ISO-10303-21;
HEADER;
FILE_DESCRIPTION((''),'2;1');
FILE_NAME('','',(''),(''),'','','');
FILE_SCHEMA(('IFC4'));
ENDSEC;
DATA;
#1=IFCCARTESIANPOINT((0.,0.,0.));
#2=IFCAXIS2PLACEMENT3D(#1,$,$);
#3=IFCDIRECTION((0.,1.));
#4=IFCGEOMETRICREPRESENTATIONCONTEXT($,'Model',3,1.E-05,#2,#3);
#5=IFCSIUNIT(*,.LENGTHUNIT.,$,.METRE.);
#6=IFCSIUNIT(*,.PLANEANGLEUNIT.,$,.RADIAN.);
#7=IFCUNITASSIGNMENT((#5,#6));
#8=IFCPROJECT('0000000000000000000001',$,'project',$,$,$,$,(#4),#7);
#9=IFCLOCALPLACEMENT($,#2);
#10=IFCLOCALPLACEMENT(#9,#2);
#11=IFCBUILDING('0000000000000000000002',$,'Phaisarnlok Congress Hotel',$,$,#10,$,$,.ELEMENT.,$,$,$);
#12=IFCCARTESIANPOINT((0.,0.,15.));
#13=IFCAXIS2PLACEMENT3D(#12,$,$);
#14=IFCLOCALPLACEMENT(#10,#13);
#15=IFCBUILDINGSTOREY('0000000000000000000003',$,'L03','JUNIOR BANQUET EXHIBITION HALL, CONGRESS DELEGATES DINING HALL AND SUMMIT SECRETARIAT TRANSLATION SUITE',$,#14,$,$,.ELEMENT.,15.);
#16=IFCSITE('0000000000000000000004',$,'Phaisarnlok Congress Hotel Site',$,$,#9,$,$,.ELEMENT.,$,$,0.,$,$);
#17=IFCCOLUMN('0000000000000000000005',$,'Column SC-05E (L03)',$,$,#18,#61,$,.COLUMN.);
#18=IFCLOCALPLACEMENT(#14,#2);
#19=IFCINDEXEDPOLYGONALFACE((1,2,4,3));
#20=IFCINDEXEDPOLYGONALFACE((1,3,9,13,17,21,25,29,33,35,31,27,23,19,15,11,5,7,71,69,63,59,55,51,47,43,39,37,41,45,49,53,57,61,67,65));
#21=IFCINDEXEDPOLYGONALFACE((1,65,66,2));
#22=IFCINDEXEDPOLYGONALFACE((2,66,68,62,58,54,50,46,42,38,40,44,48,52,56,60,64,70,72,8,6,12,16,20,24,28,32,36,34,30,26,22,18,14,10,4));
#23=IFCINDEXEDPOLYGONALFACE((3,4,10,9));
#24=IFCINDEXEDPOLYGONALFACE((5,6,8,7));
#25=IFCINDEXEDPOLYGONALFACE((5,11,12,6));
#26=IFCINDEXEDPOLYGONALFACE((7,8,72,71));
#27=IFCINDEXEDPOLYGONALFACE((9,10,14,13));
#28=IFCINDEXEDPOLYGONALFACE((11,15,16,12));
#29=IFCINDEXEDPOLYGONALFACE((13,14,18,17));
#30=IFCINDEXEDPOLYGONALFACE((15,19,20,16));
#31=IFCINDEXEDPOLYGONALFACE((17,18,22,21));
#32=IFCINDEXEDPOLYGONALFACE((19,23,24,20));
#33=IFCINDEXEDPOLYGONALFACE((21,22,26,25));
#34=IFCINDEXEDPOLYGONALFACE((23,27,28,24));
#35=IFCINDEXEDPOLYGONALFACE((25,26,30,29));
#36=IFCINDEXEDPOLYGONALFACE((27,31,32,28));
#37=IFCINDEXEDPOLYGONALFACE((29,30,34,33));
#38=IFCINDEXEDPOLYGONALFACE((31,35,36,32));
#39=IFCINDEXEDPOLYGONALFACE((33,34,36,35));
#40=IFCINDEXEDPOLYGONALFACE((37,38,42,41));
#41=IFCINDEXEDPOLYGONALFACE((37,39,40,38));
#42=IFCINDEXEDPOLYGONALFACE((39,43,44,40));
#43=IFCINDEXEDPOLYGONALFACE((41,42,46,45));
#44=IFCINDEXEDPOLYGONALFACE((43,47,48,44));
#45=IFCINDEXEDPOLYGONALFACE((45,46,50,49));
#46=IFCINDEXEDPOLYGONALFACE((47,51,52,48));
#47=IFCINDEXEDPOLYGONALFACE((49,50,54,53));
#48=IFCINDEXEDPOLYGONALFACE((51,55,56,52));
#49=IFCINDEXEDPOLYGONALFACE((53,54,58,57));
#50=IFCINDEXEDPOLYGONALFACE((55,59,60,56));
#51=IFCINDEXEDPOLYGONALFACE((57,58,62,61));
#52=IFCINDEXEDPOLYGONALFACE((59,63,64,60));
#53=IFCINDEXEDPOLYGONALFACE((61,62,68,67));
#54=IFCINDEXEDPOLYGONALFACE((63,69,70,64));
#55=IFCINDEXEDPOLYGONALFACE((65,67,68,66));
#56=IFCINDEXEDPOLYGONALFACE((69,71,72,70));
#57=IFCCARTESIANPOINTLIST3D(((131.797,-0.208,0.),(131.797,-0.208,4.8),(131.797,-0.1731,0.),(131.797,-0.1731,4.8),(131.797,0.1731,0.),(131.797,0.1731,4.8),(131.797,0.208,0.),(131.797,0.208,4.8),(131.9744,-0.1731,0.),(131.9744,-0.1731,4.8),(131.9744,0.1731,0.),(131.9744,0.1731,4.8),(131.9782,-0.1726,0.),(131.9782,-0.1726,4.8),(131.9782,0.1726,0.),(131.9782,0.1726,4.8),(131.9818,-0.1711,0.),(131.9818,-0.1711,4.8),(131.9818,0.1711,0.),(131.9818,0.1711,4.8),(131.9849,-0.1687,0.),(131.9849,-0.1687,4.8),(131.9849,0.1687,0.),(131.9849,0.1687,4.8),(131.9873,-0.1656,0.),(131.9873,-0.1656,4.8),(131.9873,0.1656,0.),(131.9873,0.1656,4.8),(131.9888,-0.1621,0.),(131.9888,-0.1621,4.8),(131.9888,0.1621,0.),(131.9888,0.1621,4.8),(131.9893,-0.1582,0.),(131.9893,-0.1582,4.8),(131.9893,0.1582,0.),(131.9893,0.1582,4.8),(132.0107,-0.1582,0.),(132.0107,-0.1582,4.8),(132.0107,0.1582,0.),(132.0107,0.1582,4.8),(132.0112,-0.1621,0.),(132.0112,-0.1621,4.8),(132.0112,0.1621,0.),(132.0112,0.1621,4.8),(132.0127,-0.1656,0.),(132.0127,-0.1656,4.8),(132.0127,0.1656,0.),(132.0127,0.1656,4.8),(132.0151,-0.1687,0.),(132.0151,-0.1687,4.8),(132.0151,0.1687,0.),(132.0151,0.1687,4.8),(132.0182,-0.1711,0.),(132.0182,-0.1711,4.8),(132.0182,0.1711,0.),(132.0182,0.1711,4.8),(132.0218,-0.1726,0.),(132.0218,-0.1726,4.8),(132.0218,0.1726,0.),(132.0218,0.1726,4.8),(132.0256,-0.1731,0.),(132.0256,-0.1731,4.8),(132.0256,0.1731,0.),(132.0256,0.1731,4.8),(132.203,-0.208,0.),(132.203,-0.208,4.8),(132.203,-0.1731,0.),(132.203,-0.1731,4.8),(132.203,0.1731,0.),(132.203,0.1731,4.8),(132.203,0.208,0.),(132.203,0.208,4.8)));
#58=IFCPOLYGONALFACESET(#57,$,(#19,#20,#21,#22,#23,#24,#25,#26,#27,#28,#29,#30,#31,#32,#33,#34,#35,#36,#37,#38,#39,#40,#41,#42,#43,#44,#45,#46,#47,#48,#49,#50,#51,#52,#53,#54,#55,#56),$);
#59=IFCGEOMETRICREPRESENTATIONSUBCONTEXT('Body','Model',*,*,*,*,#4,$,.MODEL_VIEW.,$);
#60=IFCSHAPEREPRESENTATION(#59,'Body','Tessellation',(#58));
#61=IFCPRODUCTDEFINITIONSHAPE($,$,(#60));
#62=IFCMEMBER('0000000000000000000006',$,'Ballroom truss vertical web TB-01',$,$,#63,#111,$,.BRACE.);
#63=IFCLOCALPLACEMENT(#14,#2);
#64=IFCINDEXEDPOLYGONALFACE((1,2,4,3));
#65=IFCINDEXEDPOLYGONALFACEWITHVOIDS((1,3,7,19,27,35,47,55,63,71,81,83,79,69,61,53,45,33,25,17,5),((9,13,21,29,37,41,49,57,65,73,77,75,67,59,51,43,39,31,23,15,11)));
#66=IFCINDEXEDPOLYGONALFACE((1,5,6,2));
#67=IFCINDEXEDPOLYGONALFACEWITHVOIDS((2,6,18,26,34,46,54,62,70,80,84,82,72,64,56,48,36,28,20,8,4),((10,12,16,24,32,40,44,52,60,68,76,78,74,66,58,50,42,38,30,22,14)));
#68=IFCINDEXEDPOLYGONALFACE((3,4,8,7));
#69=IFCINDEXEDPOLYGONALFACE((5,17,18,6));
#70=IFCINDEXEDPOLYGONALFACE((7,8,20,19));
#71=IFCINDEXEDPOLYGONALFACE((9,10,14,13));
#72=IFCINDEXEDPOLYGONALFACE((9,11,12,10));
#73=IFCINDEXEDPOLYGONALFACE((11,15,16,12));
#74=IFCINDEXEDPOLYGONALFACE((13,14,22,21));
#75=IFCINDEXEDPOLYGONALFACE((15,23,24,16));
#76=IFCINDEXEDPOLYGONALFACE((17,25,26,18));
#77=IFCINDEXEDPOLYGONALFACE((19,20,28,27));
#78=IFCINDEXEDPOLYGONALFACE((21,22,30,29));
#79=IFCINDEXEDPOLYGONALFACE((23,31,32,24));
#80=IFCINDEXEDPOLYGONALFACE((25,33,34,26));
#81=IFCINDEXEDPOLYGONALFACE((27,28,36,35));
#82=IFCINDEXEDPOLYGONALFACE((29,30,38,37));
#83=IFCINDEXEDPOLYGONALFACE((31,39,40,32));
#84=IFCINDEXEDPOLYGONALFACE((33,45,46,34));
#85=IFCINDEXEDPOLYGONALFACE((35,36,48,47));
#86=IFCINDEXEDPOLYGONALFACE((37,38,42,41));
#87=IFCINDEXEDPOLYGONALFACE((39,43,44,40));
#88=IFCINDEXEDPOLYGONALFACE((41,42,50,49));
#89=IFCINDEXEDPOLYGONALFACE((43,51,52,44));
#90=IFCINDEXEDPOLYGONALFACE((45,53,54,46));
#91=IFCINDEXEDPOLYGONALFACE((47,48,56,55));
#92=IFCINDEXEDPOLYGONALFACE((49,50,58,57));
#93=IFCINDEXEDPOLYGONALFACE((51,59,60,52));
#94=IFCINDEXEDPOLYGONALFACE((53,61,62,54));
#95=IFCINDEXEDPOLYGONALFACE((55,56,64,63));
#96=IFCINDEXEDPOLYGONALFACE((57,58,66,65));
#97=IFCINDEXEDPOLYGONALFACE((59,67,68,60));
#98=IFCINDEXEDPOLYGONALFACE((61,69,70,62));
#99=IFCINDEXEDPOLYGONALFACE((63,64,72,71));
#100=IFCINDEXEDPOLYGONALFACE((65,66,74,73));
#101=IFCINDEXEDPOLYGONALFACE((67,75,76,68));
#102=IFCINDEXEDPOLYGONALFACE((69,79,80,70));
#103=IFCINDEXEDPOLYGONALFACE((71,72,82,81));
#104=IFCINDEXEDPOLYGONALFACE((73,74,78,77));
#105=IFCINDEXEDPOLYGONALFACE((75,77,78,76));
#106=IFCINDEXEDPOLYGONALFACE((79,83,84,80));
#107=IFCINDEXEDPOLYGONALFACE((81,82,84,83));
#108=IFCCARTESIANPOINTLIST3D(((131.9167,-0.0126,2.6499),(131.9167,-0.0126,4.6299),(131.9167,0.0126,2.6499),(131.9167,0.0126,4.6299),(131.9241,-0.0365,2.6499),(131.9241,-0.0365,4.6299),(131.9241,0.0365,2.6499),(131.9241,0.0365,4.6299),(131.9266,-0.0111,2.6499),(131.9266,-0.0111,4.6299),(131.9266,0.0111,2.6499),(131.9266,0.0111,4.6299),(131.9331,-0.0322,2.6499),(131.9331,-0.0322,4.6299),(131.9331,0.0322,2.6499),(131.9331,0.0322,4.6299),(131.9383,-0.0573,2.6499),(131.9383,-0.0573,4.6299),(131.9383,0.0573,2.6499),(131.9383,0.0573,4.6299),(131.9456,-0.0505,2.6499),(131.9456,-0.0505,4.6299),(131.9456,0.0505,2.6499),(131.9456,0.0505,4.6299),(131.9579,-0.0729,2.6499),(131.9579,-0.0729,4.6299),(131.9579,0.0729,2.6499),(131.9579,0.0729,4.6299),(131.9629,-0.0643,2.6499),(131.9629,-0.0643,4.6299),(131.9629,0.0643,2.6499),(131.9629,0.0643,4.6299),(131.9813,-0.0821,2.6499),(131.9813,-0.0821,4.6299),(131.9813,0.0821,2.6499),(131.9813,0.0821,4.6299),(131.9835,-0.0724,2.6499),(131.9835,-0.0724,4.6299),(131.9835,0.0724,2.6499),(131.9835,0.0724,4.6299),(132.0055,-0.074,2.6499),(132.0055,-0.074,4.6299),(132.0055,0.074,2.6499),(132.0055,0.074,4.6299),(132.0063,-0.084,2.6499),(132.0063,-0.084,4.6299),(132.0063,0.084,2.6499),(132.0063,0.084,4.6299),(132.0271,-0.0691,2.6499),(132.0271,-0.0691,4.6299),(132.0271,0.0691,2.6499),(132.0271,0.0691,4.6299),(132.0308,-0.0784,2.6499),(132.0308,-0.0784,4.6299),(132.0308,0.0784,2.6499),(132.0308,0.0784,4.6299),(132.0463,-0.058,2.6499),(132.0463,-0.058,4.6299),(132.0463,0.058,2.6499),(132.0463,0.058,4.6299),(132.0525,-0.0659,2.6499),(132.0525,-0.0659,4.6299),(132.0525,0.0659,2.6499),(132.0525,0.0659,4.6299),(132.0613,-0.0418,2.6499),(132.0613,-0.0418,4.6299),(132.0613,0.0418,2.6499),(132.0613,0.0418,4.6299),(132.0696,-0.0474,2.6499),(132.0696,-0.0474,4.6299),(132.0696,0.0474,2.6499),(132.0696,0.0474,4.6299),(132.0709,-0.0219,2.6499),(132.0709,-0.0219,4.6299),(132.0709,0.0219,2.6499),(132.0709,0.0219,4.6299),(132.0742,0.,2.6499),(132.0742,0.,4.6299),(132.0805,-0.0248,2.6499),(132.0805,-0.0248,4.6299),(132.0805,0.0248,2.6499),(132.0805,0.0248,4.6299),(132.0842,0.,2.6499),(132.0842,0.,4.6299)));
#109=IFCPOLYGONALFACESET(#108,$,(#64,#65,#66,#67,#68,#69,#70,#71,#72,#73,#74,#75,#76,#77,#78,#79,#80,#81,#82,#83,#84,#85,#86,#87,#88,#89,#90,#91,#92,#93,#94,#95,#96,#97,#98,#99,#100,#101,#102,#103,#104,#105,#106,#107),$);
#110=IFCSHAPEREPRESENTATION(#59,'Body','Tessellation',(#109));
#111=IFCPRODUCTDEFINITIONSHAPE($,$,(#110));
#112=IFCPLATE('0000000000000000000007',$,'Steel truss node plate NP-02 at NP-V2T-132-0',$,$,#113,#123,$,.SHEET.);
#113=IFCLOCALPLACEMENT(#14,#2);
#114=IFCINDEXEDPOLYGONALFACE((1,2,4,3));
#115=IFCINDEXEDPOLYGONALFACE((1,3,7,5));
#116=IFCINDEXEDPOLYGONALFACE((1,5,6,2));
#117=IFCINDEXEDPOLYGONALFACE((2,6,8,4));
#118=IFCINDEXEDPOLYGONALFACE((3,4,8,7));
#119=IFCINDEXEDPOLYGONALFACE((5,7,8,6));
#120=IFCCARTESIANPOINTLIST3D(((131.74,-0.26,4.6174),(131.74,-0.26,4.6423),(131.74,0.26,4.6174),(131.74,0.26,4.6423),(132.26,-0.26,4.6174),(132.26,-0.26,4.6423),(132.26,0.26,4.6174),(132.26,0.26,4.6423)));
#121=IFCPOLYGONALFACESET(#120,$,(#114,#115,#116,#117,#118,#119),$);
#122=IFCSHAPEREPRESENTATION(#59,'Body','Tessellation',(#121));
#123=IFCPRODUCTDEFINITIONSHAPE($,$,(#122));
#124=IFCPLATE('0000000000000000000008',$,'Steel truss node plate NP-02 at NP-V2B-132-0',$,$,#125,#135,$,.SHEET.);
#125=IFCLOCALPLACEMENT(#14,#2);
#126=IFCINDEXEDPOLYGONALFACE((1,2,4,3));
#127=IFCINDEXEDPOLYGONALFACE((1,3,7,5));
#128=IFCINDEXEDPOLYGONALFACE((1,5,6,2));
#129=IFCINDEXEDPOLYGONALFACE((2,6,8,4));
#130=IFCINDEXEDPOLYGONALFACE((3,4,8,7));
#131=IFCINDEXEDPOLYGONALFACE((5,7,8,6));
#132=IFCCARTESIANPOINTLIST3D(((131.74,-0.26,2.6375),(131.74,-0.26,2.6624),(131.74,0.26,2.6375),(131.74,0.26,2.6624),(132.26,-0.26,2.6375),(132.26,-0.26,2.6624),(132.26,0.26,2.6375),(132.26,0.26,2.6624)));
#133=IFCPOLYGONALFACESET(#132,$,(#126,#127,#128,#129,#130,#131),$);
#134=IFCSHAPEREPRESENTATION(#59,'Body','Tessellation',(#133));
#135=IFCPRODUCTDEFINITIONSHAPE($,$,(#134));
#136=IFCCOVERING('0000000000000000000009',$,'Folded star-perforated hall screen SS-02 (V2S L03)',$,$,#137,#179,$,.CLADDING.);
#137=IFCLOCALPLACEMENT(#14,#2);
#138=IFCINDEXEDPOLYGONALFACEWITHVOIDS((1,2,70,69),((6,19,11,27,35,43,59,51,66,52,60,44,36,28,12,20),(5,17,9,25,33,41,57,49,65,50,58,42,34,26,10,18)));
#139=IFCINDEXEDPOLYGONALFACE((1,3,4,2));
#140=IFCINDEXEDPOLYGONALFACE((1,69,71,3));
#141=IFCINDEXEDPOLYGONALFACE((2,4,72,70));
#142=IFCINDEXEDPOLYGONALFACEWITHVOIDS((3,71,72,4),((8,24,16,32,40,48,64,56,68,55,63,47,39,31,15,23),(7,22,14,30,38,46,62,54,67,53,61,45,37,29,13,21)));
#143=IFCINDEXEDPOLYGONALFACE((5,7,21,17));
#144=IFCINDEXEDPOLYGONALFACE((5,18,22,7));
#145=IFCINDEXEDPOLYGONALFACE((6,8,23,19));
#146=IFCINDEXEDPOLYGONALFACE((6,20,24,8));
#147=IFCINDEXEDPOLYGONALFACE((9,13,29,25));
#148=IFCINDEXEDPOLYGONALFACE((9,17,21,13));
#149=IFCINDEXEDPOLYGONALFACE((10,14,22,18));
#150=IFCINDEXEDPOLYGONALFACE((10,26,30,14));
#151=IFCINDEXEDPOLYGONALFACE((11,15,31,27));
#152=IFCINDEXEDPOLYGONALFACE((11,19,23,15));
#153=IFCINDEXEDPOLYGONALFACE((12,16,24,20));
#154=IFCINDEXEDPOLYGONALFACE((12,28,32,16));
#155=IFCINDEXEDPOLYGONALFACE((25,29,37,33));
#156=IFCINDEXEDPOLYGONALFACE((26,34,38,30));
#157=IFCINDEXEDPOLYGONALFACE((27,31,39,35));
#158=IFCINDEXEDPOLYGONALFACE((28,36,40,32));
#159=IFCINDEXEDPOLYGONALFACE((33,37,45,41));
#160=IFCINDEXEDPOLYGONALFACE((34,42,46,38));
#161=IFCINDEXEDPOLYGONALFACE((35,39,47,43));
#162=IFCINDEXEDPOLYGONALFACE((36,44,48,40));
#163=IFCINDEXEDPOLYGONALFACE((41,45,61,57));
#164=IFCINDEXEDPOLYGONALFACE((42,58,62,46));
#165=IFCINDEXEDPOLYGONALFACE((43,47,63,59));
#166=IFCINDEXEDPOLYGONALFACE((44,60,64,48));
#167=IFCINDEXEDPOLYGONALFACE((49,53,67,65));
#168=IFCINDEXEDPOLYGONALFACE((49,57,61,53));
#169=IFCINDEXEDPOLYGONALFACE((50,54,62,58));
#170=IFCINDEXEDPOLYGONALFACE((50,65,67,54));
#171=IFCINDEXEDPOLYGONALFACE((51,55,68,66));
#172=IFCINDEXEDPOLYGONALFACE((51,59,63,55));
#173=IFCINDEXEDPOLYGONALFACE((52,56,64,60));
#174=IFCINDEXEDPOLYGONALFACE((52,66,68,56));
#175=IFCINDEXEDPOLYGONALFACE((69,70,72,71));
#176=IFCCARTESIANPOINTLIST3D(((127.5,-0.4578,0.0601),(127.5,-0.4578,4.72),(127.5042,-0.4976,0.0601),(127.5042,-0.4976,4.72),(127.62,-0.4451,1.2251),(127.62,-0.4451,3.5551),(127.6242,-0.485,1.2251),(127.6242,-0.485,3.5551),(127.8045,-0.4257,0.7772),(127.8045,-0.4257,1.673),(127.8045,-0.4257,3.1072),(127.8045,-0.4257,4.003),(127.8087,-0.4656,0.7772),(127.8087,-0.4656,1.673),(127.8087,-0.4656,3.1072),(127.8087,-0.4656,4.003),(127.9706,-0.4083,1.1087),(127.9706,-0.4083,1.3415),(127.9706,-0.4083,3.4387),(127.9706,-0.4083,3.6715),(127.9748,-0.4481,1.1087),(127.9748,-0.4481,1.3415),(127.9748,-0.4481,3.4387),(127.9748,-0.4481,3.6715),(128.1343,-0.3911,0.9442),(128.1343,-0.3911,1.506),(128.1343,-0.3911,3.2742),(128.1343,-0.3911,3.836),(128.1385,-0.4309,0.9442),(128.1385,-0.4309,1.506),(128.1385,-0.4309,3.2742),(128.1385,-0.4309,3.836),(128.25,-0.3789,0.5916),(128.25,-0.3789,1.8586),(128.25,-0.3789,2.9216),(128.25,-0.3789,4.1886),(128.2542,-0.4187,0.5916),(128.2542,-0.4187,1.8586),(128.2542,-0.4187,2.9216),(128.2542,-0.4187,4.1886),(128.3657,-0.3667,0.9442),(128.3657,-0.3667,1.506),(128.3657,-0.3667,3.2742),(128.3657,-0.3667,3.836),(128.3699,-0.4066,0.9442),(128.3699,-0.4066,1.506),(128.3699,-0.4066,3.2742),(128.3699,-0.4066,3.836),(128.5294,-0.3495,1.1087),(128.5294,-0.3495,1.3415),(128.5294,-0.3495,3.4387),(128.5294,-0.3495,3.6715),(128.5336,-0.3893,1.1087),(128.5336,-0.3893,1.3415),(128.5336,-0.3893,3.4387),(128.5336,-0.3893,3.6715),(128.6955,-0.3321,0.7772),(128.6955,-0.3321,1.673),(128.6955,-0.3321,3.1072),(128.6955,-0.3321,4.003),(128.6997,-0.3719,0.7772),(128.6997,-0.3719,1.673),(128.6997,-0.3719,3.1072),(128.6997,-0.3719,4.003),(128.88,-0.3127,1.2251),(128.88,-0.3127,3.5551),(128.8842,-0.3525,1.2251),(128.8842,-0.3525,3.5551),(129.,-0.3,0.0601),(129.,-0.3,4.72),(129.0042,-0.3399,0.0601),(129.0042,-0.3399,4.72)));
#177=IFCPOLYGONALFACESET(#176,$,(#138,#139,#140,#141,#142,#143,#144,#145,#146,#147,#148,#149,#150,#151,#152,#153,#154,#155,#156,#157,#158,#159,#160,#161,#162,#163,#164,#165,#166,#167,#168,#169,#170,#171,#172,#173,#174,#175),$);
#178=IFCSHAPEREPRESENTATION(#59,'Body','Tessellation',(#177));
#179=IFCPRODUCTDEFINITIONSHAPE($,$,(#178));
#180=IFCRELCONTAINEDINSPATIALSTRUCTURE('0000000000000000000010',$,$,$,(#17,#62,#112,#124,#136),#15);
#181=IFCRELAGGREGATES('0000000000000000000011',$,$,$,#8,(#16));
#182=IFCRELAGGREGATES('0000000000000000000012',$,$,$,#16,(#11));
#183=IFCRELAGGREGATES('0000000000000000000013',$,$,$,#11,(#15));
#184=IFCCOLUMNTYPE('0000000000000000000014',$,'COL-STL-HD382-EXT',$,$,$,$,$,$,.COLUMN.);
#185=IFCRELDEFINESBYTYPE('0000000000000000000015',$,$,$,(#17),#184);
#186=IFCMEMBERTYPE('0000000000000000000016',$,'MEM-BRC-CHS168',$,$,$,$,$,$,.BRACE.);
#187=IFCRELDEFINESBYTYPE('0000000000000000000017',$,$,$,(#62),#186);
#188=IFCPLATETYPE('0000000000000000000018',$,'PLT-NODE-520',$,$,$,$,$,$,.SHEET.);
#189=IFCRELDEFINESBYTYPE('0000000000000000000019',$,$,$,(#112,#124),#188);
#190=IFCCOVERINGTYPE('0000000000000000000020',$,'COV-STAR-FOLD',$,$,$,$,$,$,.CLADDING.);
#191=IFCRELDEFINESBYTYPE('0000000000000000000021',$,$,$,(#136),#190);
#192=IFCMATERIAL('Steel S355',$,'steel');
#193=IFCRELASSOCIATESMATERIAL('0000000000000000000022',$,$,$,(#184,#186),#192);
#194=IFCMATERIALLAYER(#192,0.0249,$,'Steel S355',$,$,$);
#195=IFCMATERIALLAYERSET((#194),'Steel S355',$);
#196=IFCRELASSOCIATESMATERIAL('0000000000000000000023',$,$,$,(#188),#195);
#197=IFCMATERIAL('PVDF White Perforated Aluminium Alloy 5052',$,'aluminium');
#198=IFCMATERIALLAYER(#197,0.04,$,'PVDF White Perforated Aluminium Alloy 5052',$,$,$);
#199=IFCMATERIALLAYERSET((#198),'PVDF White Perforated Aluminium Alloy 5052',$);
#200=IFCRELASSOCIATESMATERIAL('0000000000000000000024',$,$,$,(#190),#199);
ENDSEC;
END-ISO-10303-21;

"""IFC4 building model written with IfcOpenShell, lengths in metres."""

from ifc_helpers import new_model, si_unit, direction, frame, origin, origin_2d, place, context, subcontext, project, spatial, polyline, rectangle, hollow_circle, i_section, outline, extrude, material, layer, layer_set, material_profile, profile_set, type_object, element, save


model = new_model("IFC4")

# Units and contexts
model_context = context("Model", 3, precision=1e-05, world=origin(), true_north=direction((0.0, 1.0)))
body_context = subcontext(model_context, "Body", "Model", "MODEL_VIEW")
ifc_project = project(units=[si_unit("LENGTHUNIT", "METRE"), si_unit("PLANEANGLEUNIT", "RADIAN")], contexts=[model_context])

# Site, building, storey
site_placement = place(None, origin())
site = spatial("IfcSite", under=ifc_project, at=site_placement, Name="Phaisarnlok Congress Hotel Site", CompositionType="ELEMENT", RefElevation=0.0)
building_placement = place(site_placement, origin())
building = spatial("IfcBuilding", under=site, at=building_placement, Name="Phaisarnlok Congress Hotel", CompositionType="ELEMENT")
storey_placement = place(building_placement, frame((0.0, 0.0, 15.0)))
storey = spatial("IfcBuildingStorey", under=building, at=storey_placement, Name="L03", Description="JUNIOR BANQUET EXHIBITION HALL, CONGRESS DELEGATES DINING HALL AND SUMMIT SECRETARIAT TRANSLATION SUITE", CompositionType="ELEMENT", Elevation=15.0)

# Column
ifc_material_1 = material(Name="Steel S355", Category="steel")
ifc_material_profile_1 = material_profile(ifc_material_1, i_section(OverallWidth=0.406, OverallDepth=0.416, WebThickness=0.0215, FlangeThickness=0.0349, FilletRadius=0.0149, at=origin_2d()), Name="HD 400x382")
ifc_profile_set_1 = profile_set([ifc_material_profile_1], Name="Steel S355")
column_type = type_object("IfcColumnType", Name="COL-STL-HD382-EXT", PredefinedType="COLUMN", material=ifc_profile_set_1)
column_placement = place(storey_placement, frame((132.0, 0.0, 0.0), z_axis=(0.0, 0.0, 1.0), x_axis=(1.0, 0.0, 0.0)))
element("IfcColumn", 1, at=column_placement, inside=storey, type_object=column_type, Name="Column SC-05E (L03)", PredefinedType="COLUMN", context=body_context, shape_type="SweptSolid", body=[
    extrude(i_section(OverallWidth=0.406, OverallDepth=0.416, WebThickness=0.0215, FlangeThickness=0.0349, FilletRadius=0.0149, at=origin_2d()), origin(), (0.0, 0.0, 1.0), 4.8),
])

# Member
ifc_material_profile_2 = material_profile(ifc_material_1, hollow_circle(Radius=0.0842, WallThickness=0.01, at=origin_2d()), Name="CHS 168.3x10")
ifc_profile_set_2 = profile_set([ifc_material_profile_2], Name="Steel S355")
member_type = type_object("IfcMemberType", Name="MEM-BRC-CHS168", PredefinedType="BRACE", material=ifc_profile_set_2)
member_placement = place(storey_placement, frame((132.0, 0.0, 2.6499), z_axis=(0.0, 0.0, 1.0), x_axis=(1.0, 0.0, 0.0)))
element("IfcMember", 2, at=member_placement, inside=storey, type_object=member_type, Name="Ballroom truss vertical web TB-01", PredefinedType="BRACE", context=body_context, shape_type="SweptSolid", body=[
    extrude(hollow_circle(Radius=0.0842, WallThickness=0.01, at=origin_2d()), origin(), (0.0, 0.0, 1.0), 1.98),
])

# Plates
ifc_layer_1 = layer(ifc_material_1, 0.0249, Name="Steel S355")
ifc_layer_set_1 = layer_set([ifc_layer_1], Name="Steel S355")
plate_type = type_object("IfcPlateType", Name="PLT-NODE-520", PredefinedType="SHEET", material=ifc_layer_set_1)
for number, where, z_axis, x_axis, name in (
    (3, (132.0, 0.0, 4.6174), (0.0, 0.0, 1.0), (1.0, 0.0, 0.0), "Steel truss node plate NP-02 at NP-V2T-132-0"),
    (4, (132.0, 0.0, 2.6375), (0.0, 0.0, 1.0), (1.0, 0.0, 0.0), "Steel truss node plate NP-02 at NP-V2B-132-0"),
):
    element("IfcPlate", number, at=place(storey_placement, frame(where, z_axis=z_axis, x_axis=x_axis)), inside=storey, type_object=plate_type, Name=name, PredefinedType="SHEET", context=body_context, shape_type="SweptSolid", body=[
        extrude(rectangle(XDim=0.52, YDim=0.52, at=origin_2d()), origin(), (0.0, 0.0, 1.0), 0.0249),
    ])

# Covering
ifc_material_2 = material(Name="PVDF White Perforated Aluminium Alloy 5052", Category="aluminium")
ifc_layer_2 = layer(ifc_material_2, 0.04, Name="PVDF White Perforated Aluminium Alloy 5052")
ifc_layer_set_2 = layer_set([ifc_layer_2], Name="PVDF White Perforated Aluminium Alloy 5052")
covering_type = type_object("IfcCoveringType", Name="COV-STAR-FOLD", PredefinedType="CLADDING", material=ifc_layer_set_2)
for number, where, z_axis, x_axis, name in (
    (5, (127.5, -0.4578, 0.0601), (0.104567, -0.994518, 0.0), (0.994518, 0.104567, 0.0), "Folded star-perforated hall screen SS-02 (V2S L03)"),
):
    element("IfcCovering", number, at=place(storey_placement, frame(where, z_axis=z_axis, x_axis=x_axis)), inside=storey, type_object=covering_type, Name=name, PredefinedType="CLADDING", context=body_context, shape_type="SweptSolid", body=[
        extrude(outline(polyline([(0.0, 0.0), (1.5083, 0.0), (1.5083, 4.6599), (0.0, 4.6599), (0.0, 0.0)]), holes=[polyline([(1.0351, 1.0486), (1.2021, 0.7171), (0.8705, 0.8841), (0.7541, 0.5315), (0.6378, 0.8841), (0.3062, 0.7171), (0.4732, 1.0486), (0.1207, 1.165), (0.4732, 1.2814), (0.3062, 1.6129), (0.6378, 1.4459), (0.7541, 1.7985), (0.8705, 1.4459), (1.2021, 1.6129), (1.0351, 1.2814), (1.3876, 1.165), (1.0351, 1.0486)]), polyline([(1.0351, 3.3786), (1.2021, 3.0471), (0.8705, 3.2141), (0.7541, 2.8615), (0.6378, 3.2141), (0.3062, 3.0471), (0.4732, 3.3786), (0.1207, 3.495), (0.4732, 3.6114), (0.3062, 3.9429), (0.6378, 3.7759), (0.7541, 4.1285), (0.8705, 3.7759), (1.2021, 3.9429), (1.0351, 3.6114), (1.3876, 3.495), (1.0351, 3.3786)])]), origin(), (0.0, 0.0, 1.0), 0.04),
    ])

save(model, "model.ifc")
